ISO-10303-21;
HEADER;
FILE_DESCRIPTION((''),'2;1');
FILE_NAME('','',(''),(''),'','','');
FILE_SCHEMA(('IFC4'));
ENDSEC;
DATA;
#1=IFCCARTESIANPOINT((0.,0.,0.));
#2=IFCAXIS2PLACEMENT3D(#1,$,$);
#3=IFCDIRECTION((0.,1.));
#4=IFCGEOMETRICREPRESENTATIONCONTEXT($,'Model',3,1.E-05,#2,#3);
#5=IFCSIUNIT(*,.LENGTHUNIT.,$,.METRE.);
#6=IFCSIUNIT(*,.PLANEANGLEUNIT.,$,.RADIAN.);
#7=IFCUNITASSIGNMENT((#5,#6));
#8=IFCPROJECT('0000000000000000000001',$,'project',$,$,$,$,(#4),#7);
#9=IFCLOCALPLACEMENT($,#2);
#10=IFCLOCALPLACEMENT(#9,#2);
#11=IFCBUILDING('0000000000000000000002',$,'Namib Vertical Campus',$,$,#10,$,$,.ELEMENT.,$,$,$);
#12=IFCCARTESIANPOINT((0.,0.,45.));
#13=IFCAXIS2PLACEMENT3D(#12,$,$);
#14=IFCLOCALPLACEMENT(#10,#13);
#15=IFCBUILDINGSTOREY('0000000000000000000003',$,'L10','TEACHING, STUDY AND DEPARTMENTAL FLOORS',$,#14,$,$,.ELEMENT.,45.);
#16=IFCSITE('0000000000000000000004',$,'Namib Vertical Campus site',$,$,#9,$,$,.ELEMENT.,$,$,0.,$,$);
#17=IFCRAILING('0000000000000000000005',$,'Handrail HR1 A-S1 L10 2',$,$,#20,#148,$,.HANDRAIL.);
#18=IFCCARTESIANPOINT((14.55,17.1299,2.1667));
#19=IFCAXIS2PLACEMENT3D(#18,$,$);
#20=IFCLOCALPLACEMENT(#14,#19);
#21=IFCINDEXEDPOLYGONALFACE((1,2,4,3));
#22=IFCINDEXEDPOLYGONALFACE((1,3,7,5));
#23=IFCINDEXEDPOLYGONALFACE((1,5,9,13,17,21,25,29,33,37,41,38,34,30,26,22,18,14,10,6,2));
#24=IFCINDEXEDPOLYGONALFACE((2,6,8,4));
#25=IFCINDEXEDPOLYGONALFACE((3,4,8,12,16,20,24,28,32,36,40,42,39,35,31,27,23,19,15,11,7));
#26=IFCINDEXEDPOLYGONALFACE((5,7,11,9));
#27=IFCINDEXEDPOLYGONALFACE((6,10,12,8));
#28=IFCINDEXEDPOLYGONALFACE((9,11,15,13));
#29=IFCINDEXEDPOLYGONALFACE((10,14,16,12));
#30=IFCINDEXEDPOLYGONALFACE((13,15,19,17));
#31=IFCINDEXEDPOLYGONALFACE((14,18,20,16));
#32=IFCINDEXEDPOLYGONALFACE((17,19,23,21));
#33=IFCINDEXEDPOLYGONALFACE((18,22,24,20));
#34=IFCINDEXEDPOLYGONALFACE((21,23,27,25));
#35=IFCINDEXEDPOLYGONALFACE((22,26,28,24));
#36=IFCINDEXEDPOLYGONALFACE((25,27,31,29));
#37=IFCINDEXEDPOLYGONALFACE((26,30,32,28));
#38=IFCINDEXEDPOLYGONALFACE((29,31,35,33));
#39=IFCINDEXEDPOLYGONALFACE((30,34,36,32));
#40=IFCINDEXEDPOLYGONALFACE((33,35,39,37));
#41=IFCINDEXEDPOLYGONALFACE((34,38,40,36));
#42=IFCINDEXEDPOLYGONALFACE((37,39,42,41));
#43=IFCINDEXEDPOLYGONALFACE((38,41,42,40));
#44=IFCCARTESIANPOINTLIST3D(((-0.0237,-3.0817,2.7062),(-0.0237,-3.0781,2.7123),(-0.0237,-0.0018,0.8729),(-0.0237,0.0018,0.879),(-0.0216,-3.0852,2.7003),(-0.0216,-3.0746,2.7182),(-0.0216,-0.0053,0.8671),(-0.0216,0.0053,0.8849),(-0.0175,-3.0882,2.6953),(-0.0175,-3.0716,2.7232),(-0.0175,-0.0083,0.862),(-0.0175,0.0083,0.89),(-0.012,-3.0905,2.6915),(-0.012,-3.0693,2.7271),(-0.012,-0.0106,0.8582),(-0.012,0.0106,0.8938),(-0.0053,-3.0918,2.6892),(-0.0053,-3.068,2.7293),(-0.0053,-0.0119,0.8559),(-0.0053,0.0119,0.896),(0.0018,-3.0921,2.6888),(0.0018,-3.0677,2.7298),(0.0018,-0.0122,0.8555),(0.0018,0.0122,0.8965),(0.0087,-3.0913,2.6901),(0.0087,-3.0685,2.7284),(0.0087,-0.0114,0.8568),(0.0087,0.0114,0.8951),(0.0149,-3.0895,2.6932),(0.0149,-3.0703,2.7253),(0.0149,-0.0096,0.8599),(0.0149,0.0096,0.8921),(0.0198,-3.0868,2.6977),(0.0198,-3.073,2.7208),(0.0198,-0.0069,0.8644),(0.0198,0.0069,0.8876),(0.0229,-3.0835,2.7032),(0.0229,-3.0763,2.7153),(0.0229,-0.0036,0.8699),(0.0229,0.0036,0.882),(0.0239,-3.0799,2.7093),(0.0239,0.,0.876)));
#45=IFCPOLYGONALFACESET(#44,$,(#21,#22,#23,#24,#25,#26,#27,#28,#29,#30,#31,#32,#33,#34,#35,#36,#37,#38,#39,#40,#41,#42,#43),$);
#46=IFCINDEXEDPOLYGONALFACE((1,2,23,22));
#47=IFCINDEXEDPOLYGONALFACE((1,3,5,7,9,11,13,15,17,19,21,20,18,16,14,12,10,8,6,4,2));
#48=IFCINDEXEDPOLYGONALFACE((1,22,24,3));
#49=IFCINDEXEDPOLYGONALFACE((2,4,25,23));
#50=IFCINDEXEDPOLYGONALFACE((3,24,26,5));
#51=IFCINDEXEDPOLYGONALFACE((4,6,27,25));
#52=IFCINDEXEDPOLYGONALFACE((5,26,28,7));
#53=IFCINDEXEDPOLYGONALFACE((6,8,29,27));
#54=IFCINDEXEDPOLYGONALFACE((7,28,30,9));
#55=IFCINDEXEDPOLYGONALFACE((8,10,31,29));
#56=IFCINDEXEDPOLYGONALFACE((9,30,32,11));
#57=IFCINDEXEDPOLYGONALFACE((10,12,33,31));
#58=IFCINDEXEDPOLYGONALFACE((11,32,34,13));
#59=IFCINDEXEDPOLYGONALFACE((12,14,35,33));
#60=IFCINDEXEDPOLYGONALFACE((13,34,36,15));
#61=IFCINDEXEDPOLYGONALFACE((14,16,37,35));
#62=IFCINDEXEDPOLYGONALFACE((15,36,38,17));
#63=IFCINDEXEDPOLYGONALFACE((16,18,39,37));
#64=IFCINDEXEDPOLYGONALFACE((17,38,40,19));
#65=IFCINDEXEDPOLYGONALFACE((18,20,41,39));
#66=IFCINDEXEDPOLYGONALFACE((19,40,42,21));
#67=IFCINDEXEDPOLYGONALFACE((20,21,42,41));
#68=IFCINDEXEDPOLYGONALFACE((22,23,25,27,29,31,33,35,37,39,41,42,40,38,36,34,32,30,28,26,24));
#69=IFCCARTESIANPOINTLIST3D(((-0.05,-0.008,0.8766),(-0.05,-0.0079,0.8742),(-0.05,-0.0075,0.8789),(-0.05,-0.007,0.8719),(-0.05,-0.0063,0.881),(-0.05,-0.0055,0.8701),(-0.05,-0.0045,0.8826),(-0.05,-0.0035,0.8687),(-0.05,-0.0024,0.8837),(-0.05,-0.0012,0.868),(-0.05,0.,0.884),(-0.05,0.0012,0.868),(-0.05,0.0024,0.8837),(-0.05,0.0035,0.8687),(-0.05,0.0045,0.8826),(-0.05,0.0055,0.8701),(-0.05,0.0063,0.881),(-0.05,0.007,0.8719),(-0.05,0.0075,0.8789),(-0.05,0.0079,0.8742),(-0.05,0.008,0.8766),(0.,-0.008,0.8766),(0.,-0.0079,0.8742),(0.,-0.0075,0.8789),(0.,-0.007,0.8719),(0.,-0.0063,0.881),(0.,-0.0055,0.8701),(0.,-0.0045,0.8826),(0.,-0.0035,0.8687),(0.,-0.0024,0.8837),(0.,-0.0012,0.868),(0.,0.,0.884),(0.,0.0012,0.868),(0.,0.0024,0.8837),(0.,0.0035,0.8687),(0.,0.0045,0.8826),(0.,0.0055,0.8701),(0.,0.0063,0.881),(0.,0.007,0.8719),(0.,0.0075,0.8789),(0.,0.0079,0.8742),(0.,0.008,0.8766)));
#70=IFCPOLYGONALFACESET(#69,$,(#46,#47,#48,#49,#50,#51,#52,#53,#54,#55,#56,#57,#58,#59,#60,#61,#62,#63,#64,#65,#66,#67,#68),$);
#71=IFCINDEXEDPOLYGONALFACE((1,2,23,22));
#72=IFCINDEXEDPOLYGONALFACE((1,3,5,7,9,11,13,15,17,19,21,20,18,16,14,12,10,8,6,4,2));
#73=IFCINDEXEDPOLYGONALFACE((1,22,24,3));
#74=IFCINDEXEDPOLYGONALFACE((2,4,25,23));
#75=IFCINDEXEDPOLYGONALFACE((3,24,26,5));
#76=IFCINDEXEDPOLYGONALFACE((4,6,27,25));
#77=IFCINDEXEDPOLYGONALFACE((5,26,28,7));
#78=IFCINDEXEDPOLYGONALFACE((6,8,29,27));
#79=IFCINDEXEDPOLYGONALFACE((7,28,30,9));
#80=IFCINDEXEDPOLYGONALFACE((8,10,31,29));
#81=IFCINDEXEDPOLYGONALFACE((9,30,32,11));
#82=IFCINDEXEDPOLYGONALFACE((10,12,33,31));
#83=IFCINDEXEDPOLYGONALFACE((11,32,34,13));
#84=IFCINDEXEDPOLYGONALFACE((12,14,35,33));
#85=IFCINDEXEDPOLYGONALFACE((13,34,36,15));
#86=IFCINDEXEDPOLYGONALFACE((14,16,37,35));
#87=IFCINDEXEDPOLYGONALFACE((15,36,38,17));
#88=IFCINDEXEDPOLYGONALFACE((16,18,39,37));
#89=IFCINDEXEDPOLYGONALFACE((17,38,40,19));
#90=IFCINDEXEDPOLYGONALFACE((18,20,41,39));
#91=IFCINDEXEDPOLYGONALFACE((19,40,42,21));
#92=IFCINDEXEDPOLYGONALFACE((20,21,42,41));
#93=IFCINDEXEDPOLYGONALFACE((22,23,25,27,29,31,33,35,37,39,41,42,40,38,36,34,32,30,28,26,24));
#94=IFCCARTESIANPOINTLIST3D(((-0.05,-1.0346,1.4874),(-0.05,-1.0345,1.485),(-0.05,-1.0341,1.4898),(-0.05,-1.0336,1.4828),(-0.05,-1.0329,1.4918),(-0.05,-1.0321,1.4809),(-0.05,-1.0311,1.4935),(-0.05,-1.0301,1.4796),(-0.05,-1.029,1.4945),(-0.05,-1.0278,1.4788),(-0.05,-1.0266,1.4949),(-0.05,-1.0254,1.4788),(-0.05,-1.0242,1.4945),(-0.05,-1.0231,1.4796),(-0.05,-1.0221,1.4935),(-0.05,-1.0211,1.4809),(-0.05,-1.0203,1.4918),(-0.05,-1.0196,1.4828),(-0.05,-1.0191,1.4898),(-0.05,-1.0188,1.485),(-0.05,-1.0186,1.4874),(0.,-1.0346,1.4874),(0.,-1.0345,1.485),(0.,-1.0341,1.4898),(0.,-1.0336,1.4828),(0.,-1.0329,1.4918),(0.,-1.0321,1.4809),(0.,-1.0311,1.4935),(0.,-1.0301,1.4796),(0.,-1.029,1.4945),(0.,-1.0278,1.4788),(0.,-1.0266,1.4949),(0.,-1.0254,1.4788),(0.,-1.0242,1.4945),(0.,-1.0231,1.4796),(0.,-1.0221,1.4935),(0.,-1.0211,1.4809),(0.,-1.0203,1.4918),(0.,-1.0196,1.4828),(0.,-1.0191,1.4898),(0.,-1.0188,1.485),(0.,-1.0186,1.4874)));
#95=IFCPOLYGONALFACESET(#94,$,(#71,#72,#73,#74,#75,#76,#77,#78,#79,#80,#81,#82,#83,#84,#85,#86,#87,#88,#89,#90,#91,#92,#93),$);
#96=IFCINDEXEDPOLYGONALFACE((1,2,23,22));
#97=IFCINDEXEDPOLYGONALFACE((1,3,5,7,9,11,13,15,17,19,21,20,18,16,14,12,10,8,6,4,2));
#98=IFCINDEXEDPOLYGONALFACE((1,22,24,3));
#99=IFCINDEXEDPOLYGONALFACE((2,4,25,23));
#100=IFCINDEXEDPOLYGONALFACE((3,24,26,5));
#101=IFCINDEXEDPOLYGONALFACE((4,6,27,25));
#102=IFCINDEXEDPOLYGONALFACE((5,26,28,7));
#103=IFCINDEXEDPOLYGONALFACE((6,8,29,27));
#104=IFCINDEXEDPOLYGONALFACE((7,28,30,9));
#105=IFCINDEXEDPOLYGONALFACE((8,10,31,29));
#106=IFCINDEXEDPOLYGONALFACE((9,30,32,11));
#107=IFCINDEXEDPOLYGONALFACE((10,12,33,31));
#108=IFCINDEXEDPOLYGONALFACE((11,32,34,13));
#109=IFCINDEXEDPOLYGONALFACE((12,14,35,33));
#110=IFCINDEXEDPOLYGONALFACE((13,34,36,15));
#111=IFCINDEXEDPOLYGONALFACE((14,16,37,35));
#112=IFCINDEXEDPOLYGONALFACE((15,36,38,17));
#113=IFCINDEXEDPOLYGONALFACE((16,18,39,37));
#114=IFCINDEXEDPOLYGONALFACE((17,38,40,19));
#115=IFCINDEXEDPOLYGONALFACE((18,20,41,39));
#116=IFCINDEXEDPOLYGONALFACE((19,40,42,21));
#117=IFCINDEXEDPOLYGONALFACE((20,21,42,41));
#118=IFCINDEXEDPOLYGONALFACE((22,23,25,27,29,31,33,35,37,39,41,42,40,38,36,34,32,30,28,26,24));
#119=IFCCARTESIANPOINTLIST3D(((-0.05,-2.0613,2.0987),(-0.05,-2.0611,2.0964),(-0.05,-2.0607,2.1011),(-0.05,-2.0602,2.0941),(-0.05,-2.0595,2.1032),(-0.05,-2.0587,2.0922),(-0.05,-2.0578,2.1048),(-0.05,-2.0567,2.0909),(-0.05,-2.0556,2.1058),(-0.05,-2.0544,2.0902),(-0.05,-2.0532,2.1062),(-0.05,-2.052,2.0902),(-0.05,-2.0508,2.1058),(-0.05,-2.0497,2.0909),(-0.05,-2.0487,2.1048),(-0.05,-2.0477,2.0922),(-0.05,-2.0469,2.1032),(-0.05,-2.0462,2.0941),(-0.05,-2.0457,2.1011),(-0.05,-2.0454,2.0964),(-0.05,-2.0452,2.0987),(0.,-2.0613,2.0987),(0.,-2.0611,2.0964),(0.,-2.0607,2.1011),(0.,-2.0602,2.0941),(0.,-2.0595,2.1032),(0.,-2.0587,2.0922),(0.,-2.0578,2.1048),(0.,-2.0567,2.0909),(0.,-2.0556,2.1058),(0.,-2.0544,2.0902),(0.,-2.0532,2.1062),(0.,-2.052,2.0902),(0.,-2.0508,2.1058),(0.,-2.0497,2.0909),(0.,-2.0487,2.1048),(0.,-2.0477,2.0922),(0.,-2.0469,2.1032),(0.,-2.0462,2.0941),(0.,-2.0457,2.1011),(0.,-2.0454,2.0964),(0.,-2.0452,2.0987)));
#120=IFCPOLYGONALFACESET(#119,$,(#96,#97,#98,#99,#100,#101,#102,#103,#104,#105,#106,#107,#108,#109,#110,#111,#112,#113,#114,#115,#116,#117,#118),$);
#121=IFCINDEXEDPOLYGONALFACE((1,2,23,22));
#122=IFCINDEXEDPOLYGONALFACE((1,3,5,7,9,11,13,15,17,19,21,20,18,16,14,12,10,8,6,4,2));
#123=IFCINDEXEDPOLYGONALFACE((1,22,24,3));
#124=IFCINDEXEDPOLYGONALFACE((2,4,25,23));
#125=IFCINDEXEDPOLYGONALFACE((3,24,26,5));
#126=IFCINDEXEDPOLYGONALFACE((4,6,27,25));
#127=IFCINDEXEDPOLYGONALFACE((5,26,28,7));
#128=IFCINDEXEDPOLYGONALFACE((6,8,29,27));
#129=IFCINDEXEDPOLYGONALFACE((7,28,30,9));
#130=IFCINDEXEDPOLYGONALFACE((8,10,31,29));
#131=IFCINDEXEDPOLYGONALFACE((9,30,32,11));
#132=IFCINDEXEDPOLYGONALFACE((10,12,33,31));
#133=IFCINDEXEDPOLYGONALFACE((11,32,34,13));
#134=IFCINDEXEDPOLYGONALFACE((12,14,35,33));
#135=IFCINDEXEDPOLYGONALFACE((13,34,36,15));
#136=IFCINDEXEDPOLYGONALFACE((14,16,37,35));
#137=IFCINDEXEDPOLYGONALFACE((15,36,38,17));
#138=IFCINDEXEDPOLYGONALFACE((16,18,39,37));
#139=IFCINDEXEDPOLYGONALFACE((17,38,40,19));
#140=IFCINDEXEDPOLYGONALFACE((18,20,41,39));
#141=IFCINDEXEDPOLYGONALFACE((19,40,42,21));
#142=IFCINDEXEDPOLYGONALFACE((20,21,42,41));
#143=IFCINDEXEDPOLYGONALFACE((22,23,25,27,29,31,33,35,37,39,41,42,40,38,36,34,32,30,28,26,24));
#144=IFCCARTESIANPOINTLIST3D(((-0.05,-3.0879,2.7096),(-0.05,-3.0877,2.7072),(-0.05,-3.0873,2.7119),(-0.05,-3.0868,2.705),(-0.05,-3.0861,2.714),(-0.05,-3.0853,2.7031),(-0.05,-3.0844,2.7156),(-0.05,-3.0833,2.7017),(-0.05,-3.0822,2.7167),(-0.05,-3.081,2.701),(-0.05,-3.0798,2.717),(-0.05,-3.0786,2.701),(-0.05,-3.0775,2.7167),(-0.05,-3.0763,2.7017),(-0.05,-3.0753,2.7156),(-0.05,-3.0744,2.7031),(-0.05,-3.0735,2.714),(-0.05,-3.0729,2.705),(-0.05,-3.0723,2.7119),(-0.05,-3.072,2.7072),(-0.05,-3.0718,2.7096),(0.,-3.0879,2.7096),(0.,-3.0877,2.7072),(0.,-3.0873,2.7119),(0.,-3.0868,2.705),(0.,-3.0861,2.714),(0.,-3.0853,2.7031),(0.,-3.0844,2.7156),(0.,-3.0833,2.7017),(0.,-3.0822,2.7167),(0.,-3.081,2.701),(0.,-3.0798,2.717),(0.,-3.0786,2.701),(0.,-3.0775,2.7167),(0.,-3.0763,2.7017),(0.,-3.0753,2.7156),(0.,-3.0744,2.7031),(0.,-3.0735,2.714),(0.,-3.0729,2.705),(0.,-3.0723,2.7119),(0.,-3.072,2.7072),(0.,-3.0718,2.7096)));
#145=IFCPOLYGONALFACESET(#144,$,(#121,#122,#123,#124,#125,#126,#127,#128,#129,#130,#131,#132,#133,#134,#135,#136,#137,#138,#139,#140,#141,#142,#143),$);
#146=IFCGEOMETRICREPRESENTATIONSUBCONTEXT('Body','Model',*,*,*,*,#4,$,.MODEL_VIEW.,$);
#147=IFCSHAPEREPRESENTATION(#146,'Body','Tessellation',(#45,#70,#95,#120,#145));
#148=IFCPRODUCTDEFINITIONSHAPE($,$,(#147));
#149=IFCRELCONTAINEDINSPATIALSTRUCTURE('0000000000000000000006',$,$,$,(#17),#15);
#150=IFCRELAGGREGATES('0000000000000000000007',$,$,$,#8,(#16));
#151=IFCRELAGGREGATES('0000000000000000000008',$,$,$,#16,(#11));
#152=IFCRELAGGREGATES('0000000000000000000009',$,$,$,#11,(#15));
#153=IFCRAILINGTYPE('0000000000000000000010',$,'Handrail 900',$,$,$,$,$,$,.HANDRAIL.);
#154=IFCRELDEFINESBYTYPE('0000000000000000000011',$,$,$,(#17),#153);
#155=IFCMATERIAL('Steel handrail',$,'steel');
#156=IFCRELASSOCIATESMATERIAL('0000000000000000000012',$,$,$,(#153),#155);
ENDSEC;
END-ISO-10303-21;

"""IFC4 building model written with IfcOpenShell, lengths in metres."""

from ifc_helpers import new_model, si_unit, direction, frame, origin, origin_2d, place, context, subcontext, project, spatial, circle, extrude, material, type_object, element, save


model = new_model("IFC4")

# Units and contexts
model_context = context("Model", 3, precision=1e-05, world=origin(), true_north=direction((0.0, 1.0)))
body_context = subcontext(model_context, "Body", "Model", "MODEL_VIEW")
ifc_project = project(units=[si_unit("LENGTHUNIT", "METRE"), si_unit("PLANEANGLEUNIT", "RADIAN")], contexts=[model_context])

# Site, building, storey
site_placement = place(None, origin())
site = spatial("IfcSite", under=ifc_project, at=site_placement, Name="Namib Vertical Campus site", CompositionType="ELEMENT", RefElevation=0.0)
building_placement = place(site_placement, origin())
building = spatial("IfcBuilding", under=site, at=building_placement, Name="Namib Vertical Campus", CompositionType="ELEMENT")
storey_placement = place(building_placement, frame((0.0, 0.0, 45.0)))
storey = spatial("IfcBuildingStorey", under=building, at=storey_placement, Name="L10", Description="TEACHING, STUDY AND DEPARTMENTAL FLOORS", CompositionType="ELEMENT", Elevation=45.0)

# Railing
ifc_material_1 = material(Name="Steel handrail", Category="steel")
railing_type_1 = type_object("IfcRailingType", Name="Handrail 900", PredefinedType="HANDRAIL", material=ifc_material_1)
railing_1_placement = place(storey_placement, frame((14.55, 17.1299, 2.1667)))
element("IfcRailing", 1, at=railing_1_placement, inside=storey, type_object=railing_type_1, Name="Handrail HR1 A-S1 L10 2", PredefinedType="HANDRAIL", context=body_context, shape_type="SweptSolid", body=[
    extrude(circle(Radius=0.0239, at=origin_2d()), frame((0.0, 0.0, 0.876), z_axis=(0.0, -0.859291, 0.511487), x_axis=(1.0, 0.0, 0.0)), (0.0, 0.0, 1.0), 3.5842),
    extrude(circle(Radius=0.0081, at=origin_2d()), frame((0.0, 0.0, 0.876), z_axis=(-1.0, 0.0, 0.0), x_axis=(0.0, 0.0, 1.0)), (0.0, 0.0, 1.0), 0.05),
    extrude(circle(Radius=0.0081, at=origin_2d()), frame((0.0, -1.0266, 1.4868), z_axis=(-1.0, 0.0, 0.0), x_axis=(0.0, 0.0, 1.0)), (0.0, 0.0, 1.0), 0.05),
    extrude(circle(Radius=0.0081, at=origin_2d()), frame((0.0, -2.0532, 2.0981), z_axis=(-1.0, 0.0, 0.0), x_axis=(0.0, 0.0, 1.0)), (0.0, 0.0, 1.0), 0.05),
    extrude(circle(Radius=0.0081, at=origin_2d()), frame((0.0, -3.0798, 2.709), z_axis=(-1.0, 0.0, 0.0), x_axis=(0.0, 0.0, 1.0)), (0.0, 0.0, 1.0), 0.05),
])

save(model, "model.ifc")
